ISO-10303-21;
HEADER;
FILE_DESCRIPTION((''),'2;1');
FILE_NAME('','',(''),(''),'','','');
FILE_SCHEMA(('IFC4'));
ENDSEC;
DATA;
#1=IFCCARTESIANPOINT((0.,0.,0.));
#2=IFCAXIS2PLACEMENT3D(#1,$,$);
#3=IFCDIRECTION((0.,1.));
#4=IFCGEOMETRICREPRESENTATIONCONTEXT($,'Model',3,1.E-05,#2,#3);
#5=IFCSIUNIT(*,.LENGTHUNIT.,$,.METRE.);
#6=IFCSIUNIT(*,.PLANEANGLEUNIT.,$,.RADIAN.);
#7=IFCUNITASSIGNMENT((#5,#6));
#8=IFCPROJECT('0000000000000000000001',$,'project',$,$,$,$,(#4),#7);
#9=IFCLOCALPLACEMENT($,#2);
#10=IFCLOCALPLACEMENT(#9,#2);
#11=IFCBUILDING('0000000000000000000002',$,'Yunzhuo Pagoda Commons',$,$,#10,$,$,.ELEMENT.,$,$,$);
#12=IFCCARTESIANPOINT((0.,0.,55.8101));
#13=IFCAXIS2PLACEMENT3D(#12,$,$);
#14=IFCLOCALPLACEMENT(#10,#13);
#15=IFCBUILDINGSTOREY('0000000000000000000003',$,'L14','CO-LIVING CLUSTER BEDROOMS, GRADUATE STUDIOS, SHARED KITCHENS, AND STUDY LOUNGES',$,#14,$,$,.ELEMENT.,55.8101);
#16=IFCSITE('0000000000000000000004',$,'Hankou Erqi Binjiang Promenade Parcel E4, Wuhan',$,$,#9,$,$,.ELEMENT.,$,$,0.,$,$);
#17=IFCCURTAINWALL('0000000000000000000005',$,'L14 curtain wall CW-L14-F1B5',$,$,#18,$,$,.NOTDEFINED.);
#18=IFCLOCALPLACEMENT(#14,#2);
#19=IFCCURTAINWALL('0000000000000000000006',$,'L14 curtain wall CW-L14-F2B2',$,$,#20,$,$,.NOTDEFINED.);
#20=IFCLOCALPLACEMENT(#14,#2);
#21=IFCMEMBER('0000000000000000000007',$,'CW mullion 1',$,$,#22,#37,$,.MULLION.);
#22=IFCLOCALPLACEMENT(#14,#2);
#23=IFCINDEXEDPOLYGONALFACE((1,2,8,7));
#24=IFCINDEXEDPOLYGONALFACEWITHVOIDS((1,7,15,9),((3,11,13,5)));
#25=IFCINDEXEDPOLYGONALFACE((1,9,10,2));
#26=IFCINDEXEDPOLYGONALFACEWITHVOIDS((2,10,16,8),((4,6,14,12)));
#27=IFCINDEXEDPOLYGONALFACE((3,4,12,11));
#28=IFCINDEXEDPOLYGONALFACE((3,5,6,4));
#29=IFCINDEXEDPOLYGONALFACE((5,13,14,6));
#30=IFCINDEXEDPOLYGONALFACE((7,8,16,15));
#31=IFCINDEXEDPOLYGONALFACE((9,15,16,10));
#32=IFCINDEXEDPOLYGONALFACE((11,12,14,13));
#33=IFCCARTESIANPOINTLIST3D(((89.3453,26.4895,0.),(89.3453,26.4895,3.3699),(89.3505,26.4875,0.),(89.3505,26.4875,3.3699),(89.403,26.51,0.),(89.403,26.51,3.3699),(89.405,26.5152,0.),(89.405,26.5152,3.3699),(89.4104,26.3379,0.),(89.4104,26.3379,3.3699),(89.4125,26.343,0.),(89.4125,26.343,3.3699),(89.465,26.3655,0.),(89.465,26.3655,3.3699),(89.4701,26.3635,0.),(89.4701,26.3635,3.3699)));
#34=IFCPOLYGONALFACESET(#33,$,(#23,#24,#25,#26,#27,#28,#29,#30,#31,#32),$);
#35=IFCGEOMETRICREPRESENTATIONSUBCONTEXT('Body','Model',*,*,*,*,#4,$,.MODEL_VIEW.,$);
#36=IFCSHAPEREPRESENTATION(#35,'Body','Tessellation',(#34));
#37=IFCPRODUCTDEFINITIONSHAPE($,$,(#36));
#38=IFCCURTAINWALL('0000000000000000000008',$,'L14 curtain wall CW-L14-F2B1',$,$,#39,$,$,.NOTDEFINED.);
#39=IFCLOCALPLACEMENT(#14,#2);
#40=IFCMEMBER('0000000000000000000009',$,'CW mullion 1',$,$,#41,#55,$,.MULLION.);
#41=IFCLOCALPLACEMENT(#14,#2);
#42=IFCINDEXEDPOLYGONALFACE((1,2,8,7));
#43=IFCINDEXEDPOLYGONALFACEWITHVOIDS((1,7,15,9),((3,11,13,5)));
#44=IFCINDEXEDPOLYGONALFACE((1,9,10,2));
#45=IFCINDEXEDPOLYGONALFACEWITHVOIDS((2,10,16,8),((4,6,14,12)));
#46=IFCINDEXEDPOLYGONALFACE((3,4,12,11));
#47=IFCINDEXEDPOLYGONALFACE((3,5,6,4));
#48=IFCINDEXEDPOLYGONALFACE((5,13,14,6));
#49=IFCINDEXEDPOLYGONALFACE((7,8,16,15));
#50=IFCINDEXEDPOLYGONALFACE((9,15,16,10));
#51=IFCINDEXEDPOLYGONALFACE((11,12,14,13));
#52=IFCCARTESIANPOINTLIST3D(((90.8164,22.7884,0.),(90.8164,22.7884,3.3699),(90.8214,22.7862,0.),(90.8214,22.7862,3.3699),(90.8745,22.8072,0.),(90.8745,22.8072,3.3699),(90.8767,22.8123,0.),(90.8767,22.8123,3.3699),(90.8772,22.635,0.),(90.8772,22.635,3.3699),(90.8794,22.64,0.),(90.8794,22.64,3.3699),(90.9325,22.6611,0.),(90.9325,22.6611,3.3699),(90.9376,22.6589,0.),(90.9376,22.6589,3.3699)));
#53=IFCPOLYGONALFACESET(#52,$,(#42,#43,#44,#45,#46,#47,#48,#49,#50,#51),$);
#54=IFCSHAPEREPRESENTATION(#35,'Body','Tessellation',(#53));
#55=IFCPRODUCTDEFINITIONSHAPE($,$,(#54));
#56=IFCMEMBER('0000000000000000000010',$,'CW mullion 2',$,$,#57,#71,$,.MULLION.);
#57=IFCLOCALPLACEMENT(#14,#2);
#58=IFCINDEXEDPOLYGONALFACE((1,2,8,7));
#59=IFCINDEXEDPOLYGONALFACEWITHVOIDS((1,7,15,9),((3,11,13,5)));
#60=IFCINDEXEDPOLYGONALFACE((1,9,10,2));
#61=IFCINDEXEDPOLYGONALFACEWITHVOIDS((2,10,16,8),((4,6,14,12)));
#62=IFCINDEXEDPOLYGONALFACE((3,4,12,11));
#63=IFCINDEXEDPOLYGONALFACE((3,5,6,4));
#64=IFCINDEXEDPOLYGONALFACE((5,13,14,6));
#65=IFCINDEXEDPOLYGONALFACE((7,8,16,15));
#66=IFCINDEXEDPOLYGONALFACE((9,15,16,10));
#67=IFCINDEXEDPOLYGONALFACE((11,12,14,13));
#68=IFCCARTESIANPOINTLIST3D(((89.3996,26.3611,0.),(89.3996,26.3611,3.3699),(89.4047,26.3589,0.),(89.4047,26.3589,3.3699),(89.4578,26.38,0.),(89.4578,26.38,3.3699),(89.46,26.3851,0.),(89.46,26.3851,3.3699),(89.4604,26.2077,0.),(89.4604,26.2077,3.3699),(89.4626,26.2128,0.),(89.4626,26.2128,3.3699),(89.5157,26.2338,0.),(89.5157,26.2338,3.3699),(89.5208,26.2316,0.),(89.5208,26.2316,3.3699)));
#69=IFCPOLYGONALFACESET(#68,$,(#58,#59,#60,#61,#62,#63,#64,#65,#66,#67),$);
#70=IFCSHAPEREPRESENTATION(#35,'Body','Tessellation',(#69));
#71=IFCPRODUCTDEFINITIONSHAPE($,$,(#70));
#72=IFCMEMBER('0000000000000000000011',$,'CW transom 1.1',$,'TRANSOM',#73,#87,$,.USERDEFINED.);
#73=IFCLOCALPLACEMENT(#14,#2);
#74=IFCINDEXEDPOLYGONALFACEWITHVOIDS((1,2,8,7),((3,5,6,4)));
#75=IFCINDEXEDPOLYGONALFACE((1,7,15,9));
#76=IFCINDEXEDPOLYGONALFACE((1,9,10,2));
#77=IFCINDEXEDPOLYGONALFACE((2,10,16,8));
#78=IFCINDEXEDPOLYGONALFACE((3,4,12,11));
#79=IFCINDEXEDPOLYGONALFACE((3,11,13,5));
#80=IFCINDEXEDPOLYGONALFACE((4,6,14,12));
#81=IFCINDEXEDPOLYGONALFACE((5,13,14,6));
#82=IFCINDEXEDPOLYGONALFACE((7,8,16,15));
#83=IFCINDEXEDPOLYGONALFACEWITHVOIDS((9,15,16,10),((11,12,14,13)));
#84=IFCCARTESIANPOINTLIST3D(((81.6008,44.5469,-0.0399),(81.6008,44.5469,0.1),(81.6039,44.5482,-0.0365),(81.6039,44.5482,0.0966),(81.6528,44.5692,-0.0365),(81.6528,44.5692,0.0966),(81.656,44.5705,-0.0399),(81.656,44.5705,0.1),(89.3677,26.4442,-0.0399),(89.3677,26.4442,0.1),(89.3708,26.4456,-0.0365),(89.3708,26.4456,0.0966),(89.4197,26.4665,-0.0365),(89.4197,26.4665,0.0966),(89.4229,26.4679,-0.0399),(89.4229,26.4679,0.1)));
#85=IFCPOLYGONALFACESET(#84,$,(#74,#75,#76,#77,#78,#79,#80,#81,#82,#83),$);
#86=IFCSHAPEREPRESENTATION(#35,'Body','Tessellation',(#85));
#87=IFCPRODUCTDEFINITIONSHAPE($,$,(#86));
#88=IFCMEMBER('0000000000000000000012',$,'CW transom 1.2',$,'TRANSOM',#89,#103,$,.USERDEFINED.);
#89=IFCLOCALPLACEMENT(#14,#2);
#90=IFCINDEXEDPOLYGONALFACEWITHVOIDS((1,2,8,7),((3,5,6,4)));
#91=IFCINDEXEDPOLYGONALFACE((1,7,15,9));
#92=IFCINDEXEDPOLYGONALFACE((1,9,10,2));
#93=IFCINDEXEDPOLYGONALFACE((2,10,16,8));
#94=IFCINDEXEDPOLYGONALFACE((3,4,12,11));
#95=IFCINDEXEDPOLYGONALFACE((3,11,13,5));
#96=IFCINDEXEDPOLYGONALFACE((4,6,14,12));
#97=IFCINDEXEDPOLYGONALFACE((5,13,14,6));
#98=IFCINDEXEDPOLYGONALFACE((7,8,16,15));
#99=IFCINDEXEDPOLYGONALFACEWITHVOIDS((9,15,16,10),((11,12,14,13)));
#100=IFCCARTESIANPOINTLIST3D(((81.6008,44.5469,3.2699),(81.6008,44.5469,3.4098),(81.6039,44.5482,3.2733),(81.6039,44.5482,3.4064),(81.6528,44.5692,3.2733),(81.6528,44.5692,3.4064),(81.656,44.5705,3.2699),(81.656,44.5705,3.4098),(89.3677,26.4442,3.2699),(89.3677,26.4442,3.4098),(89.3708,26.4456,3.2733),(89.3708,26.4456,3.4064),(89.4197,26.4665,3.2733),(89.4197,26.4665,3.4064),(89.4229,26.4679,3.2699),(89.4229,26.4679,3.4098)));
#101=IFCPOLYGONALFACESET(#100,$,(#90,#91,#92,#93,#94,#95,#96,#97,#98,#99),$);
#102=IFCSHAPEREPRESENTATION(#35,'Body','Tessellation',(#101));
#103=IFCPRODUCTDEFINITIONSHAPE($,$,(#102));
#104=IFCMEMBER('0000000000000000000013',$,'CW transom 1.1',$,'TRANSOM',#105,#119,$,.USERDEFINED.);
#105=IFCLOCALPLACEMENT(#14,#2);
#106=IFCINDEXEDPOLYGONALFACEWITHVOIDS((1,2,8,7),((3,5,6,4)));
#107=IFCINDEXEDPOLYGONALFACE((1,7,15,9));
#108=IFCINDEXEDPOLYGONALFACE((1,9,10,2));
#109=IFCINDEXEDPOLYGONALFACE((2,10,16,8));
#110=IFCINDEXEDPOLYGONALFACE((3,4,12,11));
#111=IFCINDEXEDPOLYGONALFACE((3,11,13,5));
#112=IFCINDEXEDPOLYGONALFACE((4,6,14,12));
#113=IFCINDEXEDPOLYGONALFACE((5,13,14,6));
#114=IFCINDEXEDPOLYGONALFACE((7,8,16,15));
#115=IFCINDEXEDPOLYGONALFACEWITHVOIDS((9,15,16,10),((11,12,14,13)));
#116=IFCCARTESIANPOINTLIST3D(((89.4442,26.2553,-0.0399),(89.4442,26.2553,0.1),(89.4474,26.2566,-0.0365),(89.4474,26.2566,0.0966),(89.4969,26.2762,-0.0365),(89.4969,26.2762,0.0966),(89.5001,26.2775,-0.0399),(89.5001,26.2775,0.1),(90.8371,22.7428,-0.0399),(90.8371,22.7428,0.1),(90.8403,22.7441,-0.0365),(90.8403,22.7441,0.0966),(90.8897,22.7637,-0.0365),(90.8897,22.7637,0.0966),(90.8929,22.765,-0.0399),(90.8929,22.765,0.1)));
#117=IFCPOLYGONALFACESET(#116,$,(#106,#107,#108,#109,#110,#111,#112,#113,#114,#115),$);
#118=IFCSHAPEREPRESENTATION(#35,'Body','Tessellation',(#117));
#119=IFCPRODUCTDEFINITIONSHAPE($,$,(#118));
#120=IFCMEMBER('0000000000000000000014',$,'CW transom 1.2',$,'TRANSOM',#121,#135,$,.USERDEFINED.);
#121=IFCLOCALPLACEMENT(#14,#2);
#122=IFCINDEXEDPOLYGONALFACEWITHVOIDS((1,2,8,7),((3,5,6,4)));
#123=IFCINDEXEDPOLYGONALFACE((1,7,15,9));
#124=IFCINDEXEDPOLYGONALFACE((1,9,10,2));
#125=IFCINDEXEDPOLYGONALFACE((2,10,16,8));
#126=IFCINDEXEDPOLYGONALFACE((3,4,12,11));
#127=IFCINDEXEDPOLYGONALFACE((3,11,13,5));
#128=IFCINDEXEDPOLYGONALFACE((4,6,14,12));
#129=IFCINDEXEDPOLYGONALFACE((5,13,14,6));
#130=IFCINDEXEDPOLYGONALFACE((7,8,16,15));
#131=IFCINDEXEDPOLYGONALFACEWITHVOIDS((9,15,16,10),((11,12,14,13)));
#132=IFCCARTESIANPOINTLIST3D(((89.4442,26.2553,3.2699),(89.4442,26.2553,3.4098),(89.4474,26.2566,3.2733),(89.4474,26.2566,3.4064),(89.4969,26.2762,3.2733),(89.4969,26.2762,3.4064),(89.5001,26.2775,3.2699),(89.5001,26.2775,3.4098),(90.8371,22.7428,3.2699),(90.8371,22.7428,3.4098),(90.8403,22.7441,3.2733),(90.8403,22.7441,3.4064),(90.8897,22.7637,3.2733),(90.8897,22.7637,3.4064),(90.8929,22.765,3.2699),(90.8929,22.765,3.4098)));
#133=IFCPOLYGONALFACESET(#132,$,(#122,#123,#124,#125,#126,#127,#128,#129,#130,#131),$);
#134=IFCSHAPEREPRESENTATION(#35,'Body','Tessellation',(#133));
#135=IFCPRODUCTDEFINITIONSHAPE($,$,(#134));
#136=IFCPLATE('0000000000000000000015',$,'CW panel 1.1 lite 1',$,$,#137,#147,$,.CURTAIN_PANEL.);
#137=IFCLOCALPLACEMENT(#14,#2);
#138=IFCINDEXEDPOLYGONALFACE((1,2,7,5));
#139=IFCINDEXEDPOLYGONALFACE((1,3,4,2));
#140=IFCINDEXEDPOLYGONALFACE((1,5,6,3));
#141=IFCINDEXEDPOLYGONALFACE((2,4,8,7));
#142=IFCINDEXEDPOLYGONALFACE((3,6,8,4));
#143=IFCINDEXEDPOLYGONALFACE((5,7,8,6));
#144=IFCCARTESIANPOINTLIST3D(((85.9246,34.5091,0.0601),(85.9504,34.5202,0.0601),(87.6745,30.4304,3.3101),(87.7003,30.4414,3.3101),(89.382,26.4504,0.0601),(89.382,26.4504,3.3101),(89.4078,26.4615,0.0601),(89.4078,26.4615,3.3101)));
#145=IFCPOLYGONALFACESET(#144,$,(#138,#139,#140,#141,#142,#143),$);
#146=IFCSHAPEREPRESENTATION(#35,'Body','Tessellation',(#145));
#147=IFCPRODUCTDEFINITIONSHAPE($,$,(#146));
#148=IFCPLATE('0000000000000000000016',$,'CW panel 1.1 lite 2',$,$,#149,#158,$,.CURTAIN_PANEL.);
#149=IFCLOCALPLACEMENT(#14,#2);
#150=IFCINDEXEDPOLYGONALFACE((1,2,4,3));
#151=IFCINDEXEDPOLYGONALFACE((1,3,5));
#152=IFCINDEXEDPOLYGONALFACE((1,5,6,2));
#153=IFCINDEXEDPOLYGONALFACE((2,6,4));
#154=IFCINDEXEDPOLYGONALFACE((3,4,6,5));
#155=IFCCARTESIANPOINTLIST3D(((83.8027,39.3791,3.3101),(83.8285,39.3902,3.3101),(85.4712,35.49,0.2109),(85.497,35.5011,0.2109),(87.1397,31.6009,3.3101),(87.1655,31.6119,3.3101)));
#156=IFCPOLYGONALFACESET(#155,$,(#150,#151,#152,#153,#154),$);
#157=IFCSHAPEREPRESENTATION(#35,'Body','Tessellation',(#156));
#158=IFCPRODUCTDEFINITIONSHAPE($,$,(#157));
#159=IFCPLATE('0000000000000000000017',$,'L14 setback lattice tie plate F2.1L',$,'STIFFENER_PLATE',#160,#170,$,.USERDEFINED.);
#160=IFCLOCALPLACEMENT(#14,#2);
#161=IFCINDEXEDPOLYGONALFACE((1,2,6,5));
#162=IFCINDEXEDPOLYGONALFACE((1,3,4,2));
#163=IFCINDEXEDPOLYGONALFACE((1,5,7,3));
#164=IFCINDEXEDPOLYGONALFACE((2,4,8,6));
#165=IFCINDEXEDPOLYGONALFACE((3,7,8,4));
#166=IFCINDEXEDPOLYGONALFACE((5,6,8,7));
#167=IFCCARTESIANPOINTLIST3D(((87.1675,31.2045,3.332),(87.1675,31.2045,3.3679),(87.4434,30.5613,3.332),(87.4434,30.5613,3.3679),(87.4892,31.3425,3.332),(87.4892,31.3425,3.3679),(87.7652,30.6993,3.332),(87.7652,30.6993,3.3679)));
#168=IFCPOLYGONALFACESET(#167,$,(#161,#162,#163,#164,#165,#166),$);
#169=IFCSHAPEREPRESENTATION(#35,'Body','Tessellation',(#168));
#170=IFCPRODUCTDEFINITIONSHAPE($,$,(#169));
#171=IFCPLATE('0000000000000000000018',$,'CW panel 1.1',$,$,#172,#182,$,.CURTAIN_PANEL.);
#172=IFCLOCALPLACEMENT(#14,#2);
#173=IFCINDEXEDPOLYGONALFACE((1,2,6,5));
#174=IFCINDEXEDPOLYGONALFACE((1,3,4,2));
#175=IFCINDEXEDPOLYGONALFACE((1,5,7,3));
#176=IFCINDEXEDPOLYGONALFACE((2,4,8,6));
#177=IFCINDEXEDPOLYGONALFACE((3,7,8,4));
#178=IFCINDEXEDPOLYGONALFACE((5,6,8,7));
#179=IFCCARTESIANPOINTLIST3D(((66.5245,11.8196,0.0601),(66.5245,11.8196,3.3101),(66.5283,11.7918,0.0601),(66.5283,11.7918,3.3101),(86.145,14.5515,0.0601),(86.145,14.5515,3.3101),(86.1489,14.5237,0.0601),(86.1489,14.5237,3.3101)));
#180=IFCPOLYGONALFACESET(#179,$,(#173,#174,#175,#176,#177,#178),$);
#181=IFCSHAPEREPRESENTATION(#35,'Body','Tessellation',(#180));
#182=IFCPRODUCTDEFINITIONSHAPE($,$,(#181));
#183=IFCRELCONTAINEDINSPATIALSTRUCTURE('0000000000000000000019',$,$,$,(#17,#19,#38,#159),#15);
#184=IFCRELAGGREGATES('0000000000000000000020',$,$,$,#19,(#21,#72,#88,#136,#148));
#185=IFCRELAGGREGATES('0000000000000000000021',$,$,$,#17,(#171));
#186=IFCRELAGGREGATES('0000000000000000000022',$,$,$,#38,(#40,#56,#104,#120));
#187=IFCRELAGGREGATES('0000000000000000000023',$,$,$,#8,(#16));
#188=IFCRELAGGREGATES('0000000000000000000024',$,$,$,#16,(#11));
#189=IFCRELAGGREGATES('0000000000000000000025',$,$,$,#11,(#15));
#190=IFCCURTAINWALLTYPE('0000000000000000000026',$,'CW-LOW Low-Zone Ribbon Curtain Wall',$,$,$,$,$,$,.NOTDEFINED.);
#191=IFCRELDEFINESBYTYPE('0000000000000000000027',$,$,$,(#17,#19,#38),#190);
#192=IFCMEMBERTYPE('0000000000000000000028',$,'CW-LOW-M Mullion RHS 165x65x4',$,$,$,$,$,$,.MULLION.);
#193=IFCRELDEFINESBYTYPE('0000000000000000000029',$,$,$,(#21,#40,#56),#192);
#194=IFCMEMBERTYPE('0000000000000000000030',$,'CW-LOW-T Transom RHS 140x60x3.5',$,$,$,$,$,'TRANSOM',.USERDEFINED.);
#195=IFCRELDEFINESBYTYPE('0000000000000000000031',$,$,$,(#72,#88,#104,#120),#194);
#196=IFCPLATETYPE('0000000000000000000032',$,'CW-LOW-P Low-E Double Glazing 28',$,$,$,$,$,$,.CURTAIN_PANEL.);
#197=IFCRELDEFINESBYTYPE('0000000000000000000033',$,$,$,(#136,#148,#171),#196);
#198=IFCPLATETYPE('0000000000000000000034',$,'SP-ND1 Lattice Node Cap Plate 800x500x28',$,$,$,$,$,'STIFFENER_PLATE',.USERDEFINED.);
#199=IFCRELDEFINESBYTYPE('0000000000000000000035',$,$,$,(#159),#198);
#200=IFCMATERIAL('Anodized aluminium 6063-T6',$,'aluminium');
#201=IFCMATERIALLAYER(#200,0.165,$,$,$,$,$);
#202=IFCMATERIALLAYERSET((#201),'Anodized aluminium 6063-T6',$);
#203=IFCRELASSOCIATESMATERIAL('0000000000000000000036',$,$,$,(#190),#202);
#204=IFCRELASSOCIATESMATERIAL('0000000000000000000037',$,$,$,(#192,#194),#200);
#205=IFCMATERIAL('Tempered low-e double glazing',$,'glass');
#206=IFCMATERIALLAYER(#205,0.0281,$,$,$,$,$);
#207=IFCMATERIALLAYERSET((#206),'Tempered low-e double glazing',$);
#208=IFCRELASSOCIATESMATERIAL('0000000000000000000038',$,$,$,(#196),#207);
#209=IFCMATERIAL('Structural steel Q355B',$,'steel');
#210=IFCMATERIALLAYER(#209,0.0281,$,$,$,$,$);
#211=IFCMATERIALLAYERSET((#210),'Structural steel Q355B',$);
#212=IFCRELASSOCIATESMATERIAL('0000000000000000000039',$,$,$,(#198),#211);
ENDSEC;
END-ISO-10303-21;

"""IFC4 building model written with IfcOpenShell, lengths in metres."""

from ifc_helpers import new_model, si_unit, direction, frame, origin, origin_2d, place, context, subcontext, project, spatial, polyline, rectangle, hollow_rectangle, outline, extrude, source, transform, mapped, material, layer, layer_set, material_profile, profile_set, type_object, element, aggregate, save


model = new_model("IFC4")

# Units and contexts
model_context = context("Model", 3, precision=1e-05, world=origin(), true_north=direction((0.0, 1.0)))
body_context = subcontext(model_context, "Body", "Model", "MODEL_VIEW")
ifc_project = project(units=[si_unit("LENGTHUNIT", "METRE"), si_unit("PLANEANGLEUNIT", "RADIAN")], contexts=[model_context])

# Site, building, storey
site_placement = place(None, origin())
site = spatial("IfcSite", under=ifc_project, at=site_placement, Name="Hankou Erqi Binjiang Promenade Parcel E4, Wuhan", CompositionType="ELEMENT", RefElevation=0.0)
building_placement = place(site_placement, origin())
building = spatial("IfcBuilding", under=site, at=building_placement, Name="Yunzhuo Pagoda Commons", CompositionType="ELEMENT")
storey_placement = place(building_placement, frame((0.0, 0.0, 55.8101)))
storey = spatial("IfcBuildingStorey", under=building, at=storey_placement, Name="L14", Description="CO-LIVING CLUSTER BEDROOMS, GRADUATE STUDIOS, SHARED KITCHENS, AND STUDY LOUNGES", CompositionType="ELEMENT", Elevation=55.8101)

# Shared definitions
ifc_material_1 = material(Name="Structural steel Q355B", Category="steel")

# Curtain walls, member
ifc_material_2 = material(Name="Anodized aluminium 6063-T6", Category="aluminium")
ifc_layer_1 = layer(ifc_material_2, 0.165)
ifc_layer_set_1 = layer_set([ifc_layer_1], Name="Anodized aluminium 6063-T6")
curtain_wall_type = type_object("IfcCurtainWallType", Name="CW-LOW Low-Zone Ribbon Curtain Wall", PredefinedType="NOTDEFINED", material=ifc_layer_set_1)
curtain_wall_1_placement = place(storey_placement, origin())
curtain_wall_1 = element("IfcCurtainWall", 1, at=curtain_wall_1_placement, inside=storey, type_object=curtain_wall_type, Name="L14 curtain wall CW-L14-F1B5", PredefinedType="NOTDEFINED")
ifc_material_profile_1 = material_profile(ifc_material_2, hollow_rectangle(XDim=0.0649, YDim=0.165, WallThickness=0.0039, at=origin_2d()), Name="Anodized aluminium 6063-T6")
ifc_profile_set_1 = profile_set([ifc_material_profile_1], Name="Anodized aluminium 6063-T6")
member_type_1 = type_object("IfcMemberType", Name="CW-LOW-M Mullion RHS 165x65x4", PredefinedType="MULLION", material=ifc_profile_set_1)
shared_shape_1 = source(origin(), body_context, "Body", "SweptSolid", [
    extrude(hollow_rectangle(XDim=0.0649, YDim=0.165, WallThickness=0.0039, at=origin_2d()), origin(), (0.0, 0.0, 1.0), 3.3699),
])
curtain_wall_2_placement = place(storey_placement, origin())
curtain_wall_2 = element("IfcCurtainWall", 2, at=curtain_wall_2_placement, inside=storey, type_object=curtain_wall_type, Name="L14 curtain wall CW-L14-F2B2", PredefinedType="NOTDEFINED")
member_1_placement = place(storey_placement, frame((89.4077, 26.4265, 0.0), z_axis=(0.0, 0.0, 1.0), x_axis=(-0.918993, -0.394274, 0.0)))
member_1 = element("IfcMember", 3, at=member_1_placement, type_object=member_type_1, Name="CW mullion 1", PredefinedType="MULLION", context=body_context, shape_type="MappedRepresentation", body=[
    mapped(shared_shape_1, transform((0.0, 0.0, 0.0), scale=1.0)),
])

# Curtain wall, members
curtain_wall_3_placement = place(storey_placement, origin())
curtain_wall_3 = element("IfcCurtainWall", 4, at=curtain_wall_3_placement, inside=storey, type_object=curtain_wall_type, Name="L14 curtain wall CW-L14-F2B1", PredefinedType="NOTDEFINED")
member_2_placement = place(storey_placement, frame((90.877, 22.7236, 0.0), z_axis=(0.0, 0.0, 1.0), x_axis=(-0.929582, -0.368614, 0.0)))
member_2 = element("IfcMember", 5, at=member_2_placement, type_object=member_type_1, Name="CW mullion 1", PredefinedType="MULLION", context=body_context, shape_type="MappedRepresentation", body=[
    mapped(shared_shape_1, transform((0.0, 0.0, 0.0), scale=1.0)),
])
member_3_placement = place(storey_placement, frame((89.4602, 26.2964, 0.0), z_axis=(0.0, 0.0, 1.0), x_axis=(-0.929582, -0.368614, 0.0)))
member_3 = element("IfcMember", 6, at=member_3_placement, type_object=member_type_1, Name="CW mullion 2", PredefinedType="MULLION", context=body_context, shape_type="MappedRepresentation", body=[
    mapped(shared_shape_1, transform((0.0, 0.0, 0.0), scale=1.0)),
])

# Members
ifc_material_profile_2 = material_profile(ifc_material_2, hollow_rectangle(XDim=0.0601, YDim=0.1399, WallThickness=0.0034, at=origin_2d()), Name="Anodized aluminium 6063-T6")
ifc_profile_set_2 = profile_set([ifc_material_profile_2], Name="Anodized aluminium 6063-T6")
member_type_2 = type_object("IfcMemberType", Name="CW-LOW-T Transom RHS 140x60x3.5", ElementType="TRANSOM", PredefinedType="USERDEFINED", material=ifc_profile_set_2)
shared_shape_2 = source(origin(), body_context, "Body", "SweptSolid", [
    extrude(hollow_rectangle(XDim=0.0601, YDim=0.1399, WallThickness=0.0034, at=origin_2d()), origin(), (0.0, 0.0, 1.0), 19.6985),
])
member_4_placement = place(storey_placement, frame((89.3953, 26.4561, 0.03), z_axis=(-0.394289, 0.918987, 0.0), x_axis=(-0.918987, -0.394289, 0.0)))
member_4 = element("IfcMember", 7, at=member_4_placement, type_object=member_type_2, Name="CW transom 1.1", ObjectType="TRANSOM", PredefinedType="USERDEFINED", context=body_context, shape_type="MappedRepresentation", body=[
    mapped(shared_shape_2, transform((0.0, 0.0, 0.0), scale=1.0)),
])
member_5_placement = place(storey_placement, frame((89.3953, 26.4561, 3.3398), z_axis=(-0.394289, 0.918987, 0.0), x_axis=(-0.918987, -0.394289, 0.0)))
member_5 = element("IfcMember", 8, at=member_5_placement, type_object=member_type_2, Name="CW transom 1.2", ObjectType="TRANSOM", PredefinedType="USERDEFINED", context=body_context, shape_type="MappedRepresentation", body=[
    mapped(shared_shape_2, transform((0.0, 0.0, 0.0), scale=1.0)),
])
shared_shape_3 = source(origin(), body_context, "Body", "SweptSolid", [
    extrude(hollow_rectangle(XDim=0.0601, YDim=0.1399, WallThickness=0.0034, at=origin_2d()), origin(), (0.0, 0.0, 1.0), 3.7786),
])
member_6_placement = place(storey_placement, frame((90.865, 22.7539, 0.03), z_axis=(-0.368615, 0.929582, 0.0), x_axis=(-0.929582, -0.368615, 0.0)))
member_6 = element("IfcMember", 9, at=member_6_placement, type_object=member_type_2, Name="CW transom 1.1", ObjectType="TRANSOM", PredefinedType="USERDEFINED", context=body_context, shape_type="MappedRepresentation", body=[
    mapped(shared_shape_3, transform((0.0, 0.0, 0.0), scale=1.0)),
])
member_7_placement = place(storey_placement, frame((90.865, 22.7539, 3.3398), z_axis=(-0.368615, 0.929582, 0.0), x_axis=(-0.929582, -0.368615, 0.0)))
member_7 = element("IfcMember", 10, at=member_7_placement, type_object=member_type_2, Name="CW transom 1.2", ObjectType="TRANSOM", PredefinedType="USERDEFINED", context=body_context, shape_type="MappedRepresentation", body=[
    mapped(shared_shape_3, transform((0.0, 0.0, 0.0), scale=1.0)),
])

# Plates
ifc_material_3 = material(Name="Tempered low-e double glazing", Category="glass")
ifc_layer_2 = layer(ifc_material_3, 0.0281)
ifc_layer_set_2 = layer_set([ifc_layer_2], Name="Tempered low-e double glazing")
plate_type_1 = type_object("IfcPlateType", Name="CW-LOW-P Low-E Double Glazing 28", PredefinedType="CURTAIN_PANEL", material=ifc_layer_set_2)
plate_1_placement = place(storey_placement, frame((87.6533, 30.4797, 1.6851), z_axis=(0.918993, 0.394274, 0.0), x_axis=(-0.394274, 0.918993, 0.0)))
plate_1 = element("IfcPlate", 11, at=plate_1_placement, type_object=plate_type_1, Name="CW panel 1.1 lite 1", PredefinedType="CURTAIN_PANEL", context=body_context, shape_type="SweptSolid", body=[
    extrude(outline(polyline([(-4.3845, -1.625), (4.3845, -1.625), (-0.0537, 1.625), (-4.3845, 1.625), (-4.3845, -1.625)])), origin(), (0.0, 0.0, 1.0), 0.0281),
])
plate_2_placement = place(storey_placement, frame((85.4712, 35.49, 1.7605), z_axis=(0.918993, 0.394274, 0.0), x_axis=(-0.394274, 0.918993, 0.0)))
plate_2 = element("IfcPlate", 12, at=plate_2_placement, type_object=plate_type_1, Name="CW panel 1.1 lite 2", PredefinedType="CURTAIN_PANEL", context=body_context, shape_type="SweptSolid", body=[
    extrude(outline(polyline([(-4.2319, 1.5496), (0.0, -1.5496), (4.2319, 1.5496), (-4.2319, 1.5496)])), origin(), (0.0, 0.0, 1.0), 0.0281),
])
aggregate(curtain_wall_2, [member_1, member_4, member_5, plate_1, plate_2])
ifc_layer_3 = layer(ifc_material_1, 0.0281)
ifc_layer_set_3 = layer_set([ifc_layer_3], Name="Structural steel Q355B")
plate_type_2 = type_object("IfcPlateType", Name="SP-ND1 Lattice Node Cap Plate 800x500x28", ElementType="STIFFENER_PLATE", PredefinedType="USERDEFINED", material=ifc_layer_set_3)
shared_shape_4 = source(origin(), body_context, "Body", "SweptSolid", [
    extrude(rectangle(XDim=0.7, YDim=0.3501, at=origin_2d()), origin(), (0.0, 0.0, 1.0), 0.0359),
])
plate_3_placement = place(storey_placement, frame((87.4663, 30.9519, 3.332), z_axis=(0.0, 0.0, 1.0), x_axis=(-0.394279, 0.918991, 0.0)))
element("IfcPlate", 13, at=plate_3_placement, inside=storey, type_object=plate_type_2, Name="L14 setback lattice tie plate F2.1L", ObjectType="STIFFENER_PLATE", PredefinedType="USERDEFINED", context=body_context, shape_type="MappedRepresentation", body=[
    mapped(shared_shape_4, transform((0.0, 0.0, 0.0), scale=1.0)),
])
shared_shape_5 = source(origin(), body_context, "Body", "SweptSolid", [
    extrude(rectangle(XDim=19.8098, YDim=0.0281, at=origin_2d()), origin(), (0.0, 0.0, 1.0), 3.25),
])
plate_4_placement = place(storey_placement, frame((76.3367, 13.1716, 0.0601), z_axis=(0.0, 0.0, 1.0), x_axis=(0.990445, 0.137905, 0.0)))
plate_4 = element("IfcPlate", 14, at=plate_4_placement, type_object=plate_type_1, Name="CW panel 1.1", PredefinedType="CURTAIN_PANEL", context=body_context, shape_type="MappedRepresentation", body=[
    mapped(shared_shape_5, transform((0.0, 0.0, 0.0), scale=1.0)),
])
aggregate(curtain_wall_1, [plate_4])
aggregate(curtain_wall_3, [member_2, member_3, member_6, member_7])

save(model, "model.ifc")
